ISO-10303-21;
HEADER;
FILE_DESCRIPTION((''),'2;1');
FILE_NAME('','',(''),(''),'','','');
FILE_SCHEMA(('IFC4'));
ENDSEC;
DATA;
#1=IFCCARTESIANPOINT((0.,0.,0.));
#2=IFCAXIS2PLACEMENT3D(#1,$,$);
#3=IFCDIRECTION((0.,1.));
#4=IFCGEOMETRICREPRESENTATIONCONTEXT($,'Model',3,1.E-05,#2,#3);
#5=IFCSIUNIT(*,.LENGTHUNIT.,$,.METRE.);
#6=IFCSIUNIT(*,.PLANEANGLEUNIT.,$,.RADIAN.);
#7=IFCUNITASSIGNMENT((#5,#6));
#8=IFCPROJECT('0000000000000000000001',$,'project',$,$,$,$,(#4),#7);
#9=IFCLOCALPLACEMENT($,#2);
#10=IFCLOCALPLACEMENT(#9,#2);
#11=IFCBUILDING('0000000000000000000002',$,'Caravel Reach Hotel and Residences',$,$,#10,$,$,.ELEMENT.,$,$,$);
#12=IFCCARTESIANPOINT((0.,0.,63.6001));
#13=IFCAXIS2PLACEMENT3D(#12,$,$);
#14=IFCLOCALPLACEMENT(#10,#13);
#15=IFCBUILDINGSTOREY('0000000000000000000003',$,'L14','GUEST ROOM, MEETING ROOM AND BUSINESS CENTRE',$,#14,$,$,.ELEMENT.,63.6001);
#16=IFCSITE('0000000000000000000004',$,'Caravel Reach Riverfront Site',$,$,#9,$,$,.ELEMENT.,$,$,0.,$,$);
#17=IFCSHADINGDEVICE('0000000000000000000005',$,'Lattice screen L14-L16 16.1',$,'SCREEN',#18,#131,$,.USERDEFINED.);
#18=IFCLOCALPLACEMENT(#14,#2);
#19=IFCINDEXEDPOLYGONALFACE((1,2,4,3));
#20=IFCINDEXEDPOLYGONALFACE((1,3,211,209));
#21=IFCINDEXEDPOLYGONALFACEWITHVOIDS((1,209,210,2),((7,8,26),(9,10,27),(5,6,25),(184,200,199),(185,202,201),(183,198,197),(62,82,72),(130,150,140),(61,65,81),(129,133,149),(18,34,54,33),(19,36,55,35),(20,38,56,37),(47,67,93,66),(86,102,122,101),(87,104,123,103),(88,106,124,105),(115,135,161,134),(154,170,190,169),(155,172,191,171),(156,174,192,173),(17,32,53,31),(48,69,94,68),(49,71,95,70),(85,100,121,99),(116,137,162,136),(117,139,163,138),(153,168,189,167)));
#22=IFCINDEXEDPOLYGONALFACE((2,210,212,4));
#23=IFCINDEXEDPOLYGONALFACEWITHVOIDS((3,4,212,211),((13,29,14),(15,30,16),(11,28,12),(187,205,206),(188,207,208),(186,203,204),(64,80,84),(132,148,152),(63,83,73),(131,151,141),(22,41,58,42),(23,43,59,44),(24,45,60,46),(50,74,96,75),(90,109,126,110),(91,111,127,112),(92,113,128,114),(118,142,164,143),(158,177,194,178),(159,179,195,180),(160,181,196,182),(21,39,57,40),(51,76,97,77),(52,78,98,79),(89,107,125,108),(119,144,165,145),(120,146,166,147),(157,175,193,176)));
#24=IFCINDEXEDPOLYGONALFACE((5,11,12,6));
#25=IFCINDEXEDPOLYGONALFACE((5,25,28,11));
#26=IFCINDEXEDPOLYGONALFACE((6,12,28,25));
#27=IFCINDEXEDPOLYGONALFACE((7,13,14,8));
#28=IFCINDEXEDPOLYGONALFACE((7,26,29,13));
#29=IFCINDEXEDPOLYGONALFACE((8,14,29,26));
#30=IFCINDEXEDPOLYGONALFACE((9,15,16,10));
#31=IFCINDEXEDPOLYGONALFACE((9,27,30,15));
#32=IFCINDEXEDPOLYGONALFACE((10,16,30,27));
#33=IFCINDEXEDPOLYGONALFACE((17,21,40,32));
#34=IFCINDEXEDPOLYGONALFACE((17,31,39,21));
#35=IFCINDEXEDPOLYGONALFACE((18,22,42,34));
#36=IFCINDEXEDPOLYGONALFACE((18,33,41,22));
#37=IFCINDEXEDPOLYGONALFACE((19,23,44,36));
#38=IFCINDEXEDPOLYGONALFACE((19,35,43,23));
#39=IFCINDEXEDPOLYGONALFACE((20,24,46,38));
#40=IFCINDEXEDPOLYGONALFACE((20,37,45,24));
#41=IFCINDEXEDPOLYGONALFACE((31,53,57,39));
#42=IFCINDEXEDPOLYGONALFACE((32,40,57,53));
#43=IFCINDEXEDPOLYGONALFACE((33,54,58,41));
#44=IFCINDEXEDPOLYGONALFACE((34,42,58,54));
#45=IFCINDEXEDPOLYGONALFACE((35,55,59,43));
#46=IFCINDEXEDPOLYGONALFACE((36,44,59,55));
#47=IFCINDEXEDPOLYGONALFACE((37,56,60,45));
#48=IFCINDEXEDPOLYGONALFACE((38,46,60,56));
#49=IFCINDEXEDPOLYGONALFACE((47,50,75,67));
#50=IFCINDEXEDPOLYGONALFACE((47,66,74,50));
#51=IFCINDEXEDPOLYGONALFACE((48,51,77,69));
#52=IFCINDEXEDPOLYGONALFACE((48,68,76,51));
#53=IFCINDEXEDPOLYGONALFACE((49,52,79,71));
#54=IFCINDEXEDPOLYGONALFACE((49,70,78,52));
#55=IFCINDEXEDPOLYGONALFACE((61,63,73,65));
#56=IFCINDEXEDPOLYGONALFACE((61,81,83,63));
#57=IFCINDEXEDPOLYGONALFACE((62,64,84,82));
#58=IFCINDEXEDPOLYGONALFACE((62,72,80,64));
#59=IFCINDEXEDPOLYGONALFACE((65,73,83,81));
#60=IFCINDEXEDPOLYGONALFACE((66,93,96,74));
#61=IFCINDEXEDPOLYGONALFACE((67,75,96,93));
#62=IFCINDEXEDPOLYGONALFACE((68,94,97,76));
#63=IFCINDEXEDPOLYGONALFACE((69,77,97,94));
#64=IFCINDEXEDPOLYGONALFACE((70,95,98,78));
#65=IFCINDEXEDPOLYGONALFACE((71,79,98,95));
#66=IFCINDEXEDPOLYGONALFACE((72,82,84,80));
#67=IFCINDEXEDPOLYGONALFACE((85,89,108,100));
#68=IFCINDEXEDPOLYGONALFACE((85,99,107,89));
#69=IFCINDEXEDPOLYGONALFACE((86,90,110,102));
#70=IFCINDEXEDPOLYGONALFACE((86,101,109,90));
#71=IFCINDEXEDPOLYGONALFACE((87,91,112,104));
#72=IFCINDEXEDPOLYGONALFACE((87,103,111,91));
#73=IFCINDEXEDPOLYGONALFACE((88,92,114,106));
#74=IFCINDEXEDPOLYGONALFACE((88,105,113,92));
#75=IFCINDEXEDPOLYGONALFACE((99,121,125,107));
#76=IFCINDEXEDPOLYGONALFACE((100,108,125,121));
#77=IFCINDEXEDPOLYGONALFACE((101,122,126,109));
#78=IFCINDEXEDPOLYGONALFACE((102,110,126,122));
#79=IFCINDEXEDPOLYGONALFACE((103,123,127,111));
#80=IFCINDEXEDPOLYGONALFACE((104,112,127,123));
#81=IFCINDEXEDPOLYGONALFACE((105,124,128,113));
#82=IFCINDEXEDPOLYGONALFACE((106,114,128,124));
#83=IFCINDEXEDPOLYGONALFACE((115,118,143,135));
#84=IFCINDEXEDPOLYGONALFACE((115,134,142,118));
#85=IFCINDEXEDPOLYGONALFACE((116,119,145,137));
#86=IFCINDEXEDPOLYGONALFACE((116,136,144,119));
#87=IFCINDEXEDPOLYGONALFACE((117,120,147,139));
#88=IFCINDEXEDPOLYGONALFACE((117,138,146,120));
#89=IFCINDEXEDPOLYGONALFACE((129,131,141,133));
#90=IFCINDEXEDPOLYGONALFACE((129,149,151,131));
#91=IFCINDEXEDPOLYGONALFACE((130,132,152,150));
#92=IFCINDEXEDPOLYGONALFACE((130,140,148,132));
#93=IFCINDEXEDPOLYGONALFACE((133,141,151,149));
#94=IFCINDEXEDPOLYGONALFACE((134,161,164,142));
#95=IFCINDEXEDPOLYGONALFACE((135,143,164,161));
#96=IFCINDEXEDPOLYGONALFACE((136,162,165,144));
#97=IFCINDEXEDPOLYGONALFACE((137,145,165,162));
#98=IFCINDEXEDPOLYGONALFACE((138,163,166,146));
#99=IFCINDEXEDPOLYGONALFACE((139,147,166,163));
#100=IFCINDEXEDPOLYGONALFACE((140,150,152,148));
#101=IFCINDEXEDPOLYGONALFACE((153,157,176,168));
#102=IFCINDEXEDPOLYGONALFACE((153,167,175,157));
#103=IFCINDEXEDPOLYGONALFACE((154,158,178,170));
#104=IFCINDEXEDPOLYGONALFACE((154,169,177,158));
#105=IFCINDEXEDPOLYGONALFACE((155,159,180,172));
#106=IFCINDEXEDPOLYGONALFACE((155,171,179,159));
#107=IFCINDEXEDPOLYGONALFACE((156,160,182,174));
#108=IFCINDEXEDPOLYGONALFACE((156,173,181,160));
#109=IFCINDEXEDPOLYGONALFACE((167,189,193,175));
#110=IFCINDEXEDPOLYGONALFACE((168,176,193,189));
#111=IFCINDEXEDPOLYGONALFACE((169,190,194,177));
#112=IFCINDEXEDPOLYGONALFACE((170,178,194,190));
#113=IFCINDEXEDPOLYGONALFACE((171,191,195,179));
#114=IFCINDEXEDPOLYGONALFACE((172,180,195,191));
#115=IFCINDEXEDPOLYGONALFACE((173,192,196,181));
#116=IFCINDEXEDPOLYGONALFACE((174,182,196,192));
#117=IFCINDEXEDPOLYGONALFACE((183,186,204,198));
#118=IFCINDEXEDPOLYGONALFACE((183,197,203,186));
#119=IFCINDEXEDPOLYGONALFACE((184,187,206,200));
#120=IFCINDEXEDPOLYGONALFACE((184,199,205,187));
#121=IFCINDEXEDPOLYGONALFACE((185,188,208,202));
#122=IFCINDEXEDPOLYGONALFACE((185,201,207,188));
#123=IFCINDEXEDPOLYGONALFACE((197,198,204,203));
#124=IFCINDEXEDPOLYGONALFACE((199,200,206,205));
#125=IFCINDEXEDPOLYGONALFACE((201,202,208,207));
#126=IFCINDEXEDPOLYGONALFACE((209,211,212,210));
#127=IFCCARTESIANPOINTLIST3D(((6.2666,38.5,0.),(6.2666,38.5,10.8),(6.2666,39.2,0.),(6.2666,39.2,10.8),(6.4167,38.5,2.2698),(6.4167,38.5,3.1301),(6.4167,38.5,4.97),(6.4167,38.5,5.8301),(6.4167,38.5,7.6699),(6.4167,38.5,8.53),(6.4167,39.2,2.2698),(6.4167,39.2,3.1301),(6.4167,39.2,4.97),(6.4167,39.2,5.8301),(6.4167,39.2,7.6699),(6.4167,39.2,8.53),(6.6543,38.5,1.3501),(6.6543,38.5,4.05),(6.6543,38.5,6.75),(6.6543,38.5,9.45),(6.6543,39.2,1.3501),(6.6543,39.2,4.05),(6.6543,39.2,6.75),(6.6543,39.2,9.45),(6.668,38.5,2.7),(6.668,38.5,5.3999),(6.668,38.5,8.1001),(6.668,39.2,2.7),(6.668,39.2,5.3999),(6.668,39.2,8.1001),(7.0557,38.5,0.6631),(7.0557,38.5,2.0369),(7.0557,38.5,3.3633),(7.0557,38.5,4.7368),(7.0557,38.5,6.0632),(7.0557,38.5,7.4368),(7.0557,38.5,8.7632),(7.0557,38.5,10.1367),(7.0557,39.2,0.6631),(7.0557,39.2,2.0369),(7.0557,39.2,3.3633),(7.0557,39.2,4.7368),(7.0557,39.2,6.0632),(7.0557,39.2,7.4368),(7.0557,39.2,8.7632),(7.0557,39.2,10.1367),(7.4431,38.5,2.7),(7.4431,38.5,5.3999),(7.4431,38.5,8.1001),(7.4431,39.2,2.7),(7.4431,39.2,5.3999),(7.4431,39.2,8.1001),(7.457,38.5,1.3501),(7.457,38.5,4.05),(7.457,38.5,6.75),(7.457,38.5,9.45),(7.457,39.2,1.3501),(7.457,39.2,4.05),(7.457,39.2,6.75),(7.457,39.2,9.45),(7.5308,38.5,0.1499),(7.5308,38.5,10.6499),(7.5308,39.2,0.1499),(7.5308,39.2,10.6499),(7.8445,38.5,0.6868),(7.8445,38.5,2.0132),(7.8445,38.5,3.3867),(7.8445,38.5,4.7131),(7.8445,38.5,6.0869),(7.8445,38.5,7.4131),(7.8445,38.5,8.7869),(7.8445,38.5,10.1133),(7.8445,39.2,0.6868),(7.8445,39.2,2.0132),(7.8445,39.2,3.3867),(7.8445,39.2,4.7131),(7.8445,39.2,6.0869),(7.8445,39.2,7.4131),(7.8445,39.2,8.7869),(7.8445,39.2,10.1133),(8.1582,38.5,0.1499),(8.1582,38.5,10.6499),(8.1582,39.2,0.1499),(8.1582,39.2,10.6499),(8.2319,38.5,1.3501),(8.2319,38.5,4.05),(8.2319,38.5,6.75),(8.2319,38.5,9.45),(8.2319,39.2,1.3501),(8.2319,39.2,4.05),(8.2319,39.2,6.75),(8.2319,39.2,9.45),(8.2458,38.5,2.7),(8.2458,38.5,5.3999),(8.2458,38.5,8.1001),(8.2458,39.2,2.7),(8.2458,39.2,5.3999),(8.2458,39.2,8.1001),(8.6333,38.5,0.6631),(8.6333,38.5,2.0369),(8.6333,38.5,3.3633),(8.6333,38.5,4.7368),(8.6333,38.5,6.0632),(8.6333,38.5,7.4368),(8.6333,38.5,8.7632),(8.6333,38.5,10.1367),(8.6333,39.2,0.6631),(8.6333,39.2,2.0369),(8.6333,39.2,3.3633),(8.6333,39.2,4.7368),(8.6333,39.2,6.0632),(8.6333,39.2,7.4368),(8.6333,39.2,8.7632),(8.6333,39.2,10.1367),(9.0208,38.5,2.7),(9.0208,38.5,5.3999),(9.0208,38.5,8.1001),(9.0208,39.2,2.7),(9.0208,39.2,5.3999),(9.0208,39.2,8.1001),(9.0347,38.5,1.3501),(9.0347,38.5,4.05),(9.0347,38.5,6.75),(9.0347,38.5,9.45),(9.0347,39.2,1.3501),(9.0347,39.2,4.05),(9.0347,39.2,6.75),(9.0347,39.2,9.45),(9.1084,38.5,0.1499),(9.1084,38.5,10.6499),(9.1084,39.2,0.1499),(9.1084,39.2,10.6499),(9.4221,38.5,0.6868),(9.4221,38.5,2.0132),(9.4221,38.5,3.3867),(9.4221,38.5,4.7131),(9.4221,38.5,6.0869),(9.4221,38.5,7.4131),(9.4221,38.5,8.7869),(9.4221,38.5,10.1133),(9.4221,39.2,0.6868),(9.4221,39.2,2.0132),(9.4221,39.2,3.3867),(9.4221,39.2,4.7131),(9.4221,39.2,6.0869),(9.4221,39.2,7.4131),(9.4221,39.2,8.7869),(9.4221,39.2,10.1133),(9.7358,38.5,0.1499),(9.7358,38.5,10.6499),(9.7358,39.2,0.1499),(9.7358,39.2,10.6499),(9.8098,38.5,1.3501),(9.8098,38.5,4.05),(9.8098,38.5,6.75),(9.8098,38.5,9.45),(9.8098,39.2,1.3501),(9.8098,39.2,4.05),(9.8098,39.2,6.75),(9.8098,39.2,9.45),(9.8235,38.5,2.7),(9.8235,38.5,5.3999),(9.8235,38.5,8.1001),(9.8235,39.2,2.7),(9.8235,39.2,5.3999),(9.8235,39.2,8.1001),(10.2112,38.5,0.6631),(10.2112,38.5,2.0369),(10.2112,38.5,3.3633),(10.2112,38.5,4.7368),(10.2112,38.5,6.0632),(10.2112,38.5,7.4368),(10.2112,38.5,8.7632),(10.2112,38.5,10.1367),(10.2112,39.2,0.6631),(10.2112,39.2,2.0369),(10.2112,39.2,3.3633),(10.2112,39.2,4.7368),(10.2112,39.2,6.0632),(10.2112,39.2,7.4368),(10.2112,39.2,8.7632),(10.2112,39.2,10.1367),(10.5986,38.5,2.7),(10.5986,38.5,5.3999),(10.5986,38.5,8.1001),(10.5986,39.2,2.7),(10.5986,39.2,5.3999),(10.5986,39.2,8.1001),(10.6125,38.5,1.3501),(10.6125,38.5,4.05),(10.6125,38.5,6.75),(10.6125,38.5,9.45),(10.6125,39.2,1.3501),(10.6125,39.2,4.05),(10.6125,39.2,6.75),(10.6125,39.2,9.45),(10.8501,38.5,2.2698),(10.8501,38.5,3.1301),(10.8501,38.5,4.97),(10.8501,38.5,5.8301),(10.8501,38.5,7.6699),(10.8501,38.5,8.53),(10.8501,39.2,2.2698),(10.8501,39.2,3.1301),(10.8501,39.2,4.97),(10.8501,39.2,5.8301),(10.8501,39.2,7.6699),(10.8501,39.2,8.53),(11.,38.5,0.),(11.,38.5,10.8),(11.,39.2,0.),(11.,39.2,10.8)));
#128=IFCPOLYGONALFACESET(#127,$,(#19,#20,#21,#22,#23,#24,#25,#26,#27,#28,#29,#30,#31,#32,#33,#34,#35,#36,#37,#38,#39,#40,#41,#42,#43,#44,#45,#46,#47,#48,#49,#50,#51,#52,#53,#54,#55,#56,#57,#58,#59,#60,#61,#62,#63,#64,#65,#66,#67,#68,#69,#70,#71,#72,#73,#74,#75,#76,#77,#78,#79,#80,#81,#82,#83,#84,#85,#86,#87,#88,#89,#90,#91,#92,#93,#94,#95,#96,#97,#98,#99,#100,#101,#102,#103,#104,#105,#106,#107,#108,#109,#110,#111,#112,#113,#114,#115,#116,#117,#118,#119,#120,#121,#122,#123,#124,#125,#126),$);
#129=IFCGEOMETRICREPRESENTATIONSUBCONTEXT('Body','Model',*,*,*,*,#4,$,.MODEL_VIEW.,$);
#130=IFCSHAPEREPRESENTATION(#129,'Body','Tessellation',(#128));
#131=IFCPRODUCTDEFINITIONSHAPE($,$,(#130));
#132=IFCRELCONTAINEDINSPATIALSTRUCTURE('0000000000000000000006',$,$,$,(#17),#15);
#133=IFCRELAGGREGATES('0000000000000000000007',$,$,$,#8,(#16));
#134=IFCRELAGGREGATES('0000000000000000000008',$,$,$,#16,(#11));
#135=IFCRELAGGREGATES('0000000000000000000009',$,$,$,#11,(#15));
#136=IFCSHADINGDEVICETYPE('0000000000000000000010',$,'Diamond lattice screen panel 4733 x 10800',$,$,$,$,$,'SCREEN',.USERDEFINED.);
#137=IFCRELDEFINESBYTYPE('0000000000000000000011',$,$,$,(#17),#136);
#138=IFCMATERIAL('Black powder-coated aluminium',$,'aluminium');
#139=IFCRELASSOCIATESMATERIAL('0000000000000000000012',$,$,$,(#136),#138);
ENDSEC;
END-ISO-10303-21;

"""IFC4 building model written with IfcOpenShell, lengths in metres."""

from ifc_helpers import new_model, si_unit, direction, frame, origin, place, context, subcontext, project, spatial, polyline, outline, extrude, material, type_object, element, save


model = new_model("IFC4")

# Units and contexts
model_context = context("Model", 3, precision=1e-05, world=origin(), true_north=direction((0.0, 1.0)))
body_context = subcontext(model_context, "Body", "Model", "MODEL_VIEW")
ifc_project = project(units=[si_unit("LENGTHUNIT", "METRE"), si_unit("PLANEANGLEUNIT", "RADIAN")], contexts=[model_context])

# Site, building, storey
site_placement = place(None, origin())
site = spatial("IfcSite", under=ifc_project, at=site_placement, Name="Caravel Reach Riverfront Site", CompositionType="ELEMENT", RefElevation=0.0)
building_placement = place(site_placement, origin())
building = spatial("IfcBuilding", under=site, at=building_placement, Name="Caravel Reach Hotel and Residences", CompositionType="ELEMENT")
storey_placement = place(building_placement, frame((0.0, 0.0, 63.6001)))
storey = spatial("IfcBuildingStorey", under=building, at=storey_placement, Name="L14", Description="GUEST ROOM, MEETING ROOM AND BUSINESS CENTRE", CompositionType="ELEMENT", Elevation=63.6001)

# Shading device
ifc_material_1 = material(Name="Black powder-coated aluminium", Category="aluminium")
shading_device_type_1 = type_object("IfcShadingDeviceType", Name="Diamond lattice screen panel 4733 x 10800", ElementType="SCREEN", PredefinedType="USERDEFINED", material=ifc_material_1)
shading_device_1_placement = place(storey_placement, frame((11.0, 38.5, 0.0), z_axis=(0.0, 1.0, 0.0), x_axis=(-1.0, 0.0, 0.0)))
element("IfcShadingDevice", 1, at=shading_device_1_placement, inside=storey, type_object=shading_device_type_1, Name="Lattice screen L14-L16 16.1", ObjectType="SCREEN", PredefinedType="USERDEFINED", context=body_context, shape_type="SweptSolid", body=[
    extrude(outline(polyline([(0.0, 0.0), (4.7334, 0.0), (4.7334, 10.8), (0.0, 10.8), (0.0, 0.0)]), holes=[polyline([(0.4014, 2.7), (0.1499, 3.1301), (0.1499, 2.2698), (0.4014, 2.7)]), polyline([(0.4014, 5.3999), (0.1499, 5.8301), (0.1499, 4.97), (0.4014, 5.3999)]), polyline([(0.4014, 8.1001), (0.1499, 8.53), (0.1499, 7.6699), (0.4014, 8.1001)]), polyline([(0.7888, 2.0369), (0.3875, 1.3501), (0.7888, 0.6631), (1.1902, 1.3501), (0.7888, 2.0369)]), polyline([(0.7888, 4.7368), (0.3875, 4.05), (0.7888, 3.3633), (1.1902, 4.05), (0.7888, 4.7368)]), polyline([(0.7888, 7.4368), (0.3875, 6.75), (0.7888, 6.0632), (1.1902, 6.75), (0.7888, 7.4368)]), polyline([(0.7888, 10.1367), (0.3875, 9.45), (0.7888, 8.7632), (1.1902, 9.45), (0.7888, 10.1367)]), polyline([(1.5779, 0.6868), (1.2642, 0.1499), (1.8916, 0.1499), (1.5779, 0.6868)]), polyline([(1.5779, 3.3867), (1.1765, 2.7), (1.5779, 2.0132), (1.9792, 2.7), (1.5779, 3.3867)]), polyline([(1.5779, 6.0869), (1.1765, 5.3999), (1.5779, 4.7131), (1.9792, 5.3999), (1.5779, 6.0869)]), polyline([(1.5779, 8.7869), (1.1765, 8.1001), (1.5779, 7.4131), (1.9792, 8.1001), (1.5779, 8.7869)]), polyline([(1.5779, 10.1133), (1.8916, 10.6499), (1.2642, 10.6499), (1.5779, 10.1133)]), polyline([(2.3667, 2.0369), (1.9653, 1.3501), (2.3667, 0.6631), (2.7681, 1.3501), (2.3667, 2.0369)]), polyline([(2.3667, 4.7368), (1.9653, 4.05), (2.3667, 3.3633), (2.7681, 4.05), (2.3667, 4.7368)]), polyline([(2.3667, 7.4368), (1.9653, 6.75), (2.3667, 6.0632), (2.7681, 6.75), (2.3667, 7.4368)]), polyline([(2.3667, 10.1367), (1.9653, 9.45), (2.3667, 8.7632), (2.7681, 9.45), (2.3667, 10.1367)]), polyline([(3.1555, 0.6868), (2.8418, 0.1499), (3.4692, 0.1499), (3.1555, 0.6868)]), polyline([(3.1555, 3.3867), (2.7542, 2.7), (3.1555, 2.0132), (3.5569, 2.7), (3.1555, 3.3867)]), polyline([(3.1555, 6.0869), (2.7542, 5.3999), (3.1555, 4.7131), (3.5569, 5.3999), (3.1555, 6.0869)]), polyline([(3.1555, 8.7869), (2.7542, 8.1001), (3.1555, 7.4131), (3.5569, 8.1001), (3.1555, 8.7869)]), polyline([(3.1555, 10.1133), (3.4692, 10.6499), (2.8418, 10.6499), (3.1555, 10.1133)]), polyline([(3.9443, 2.0369), (3.543, 1.3501), (3.9443, 0.6631), (4.3457, 1.3501), (3.9443, 2.0369)]), polyline([(3.9443, 4.7368), (3.543, 4.05), (3.9443, 3.3633), (4.3457, 4.05), (3.9443, 4.7368)]), polyline([(3.9443, 7.4368), (3.543, 6.75), (3.9443, 6.0632), (4.3457, 6.75), (3.9443, 7.4368)]), polyline([(3.9443, 10.1367), (3.543, 9.45), (3.9443, 8.7632), (4.3457, 9.45), (3.9443, 10.1367)]), polyline([(4.332, 2.7), (4.5833, 2.2698), (4.5833, 3.1301), (4.332, 2.7)]), polyline([(4.332, 5.3999), (4.5833, 4.97), (4.5833, 5.8301), (4.332, 5.3999)]), polyline([(4.332, 8.1001), (4.5833, 7.6699), (4.5833, 8.53), (4.332, 8.1001)])]), origin(), (0.0, 0.0, 1.0), 0.7),
])

save(model, "model.ifc")
